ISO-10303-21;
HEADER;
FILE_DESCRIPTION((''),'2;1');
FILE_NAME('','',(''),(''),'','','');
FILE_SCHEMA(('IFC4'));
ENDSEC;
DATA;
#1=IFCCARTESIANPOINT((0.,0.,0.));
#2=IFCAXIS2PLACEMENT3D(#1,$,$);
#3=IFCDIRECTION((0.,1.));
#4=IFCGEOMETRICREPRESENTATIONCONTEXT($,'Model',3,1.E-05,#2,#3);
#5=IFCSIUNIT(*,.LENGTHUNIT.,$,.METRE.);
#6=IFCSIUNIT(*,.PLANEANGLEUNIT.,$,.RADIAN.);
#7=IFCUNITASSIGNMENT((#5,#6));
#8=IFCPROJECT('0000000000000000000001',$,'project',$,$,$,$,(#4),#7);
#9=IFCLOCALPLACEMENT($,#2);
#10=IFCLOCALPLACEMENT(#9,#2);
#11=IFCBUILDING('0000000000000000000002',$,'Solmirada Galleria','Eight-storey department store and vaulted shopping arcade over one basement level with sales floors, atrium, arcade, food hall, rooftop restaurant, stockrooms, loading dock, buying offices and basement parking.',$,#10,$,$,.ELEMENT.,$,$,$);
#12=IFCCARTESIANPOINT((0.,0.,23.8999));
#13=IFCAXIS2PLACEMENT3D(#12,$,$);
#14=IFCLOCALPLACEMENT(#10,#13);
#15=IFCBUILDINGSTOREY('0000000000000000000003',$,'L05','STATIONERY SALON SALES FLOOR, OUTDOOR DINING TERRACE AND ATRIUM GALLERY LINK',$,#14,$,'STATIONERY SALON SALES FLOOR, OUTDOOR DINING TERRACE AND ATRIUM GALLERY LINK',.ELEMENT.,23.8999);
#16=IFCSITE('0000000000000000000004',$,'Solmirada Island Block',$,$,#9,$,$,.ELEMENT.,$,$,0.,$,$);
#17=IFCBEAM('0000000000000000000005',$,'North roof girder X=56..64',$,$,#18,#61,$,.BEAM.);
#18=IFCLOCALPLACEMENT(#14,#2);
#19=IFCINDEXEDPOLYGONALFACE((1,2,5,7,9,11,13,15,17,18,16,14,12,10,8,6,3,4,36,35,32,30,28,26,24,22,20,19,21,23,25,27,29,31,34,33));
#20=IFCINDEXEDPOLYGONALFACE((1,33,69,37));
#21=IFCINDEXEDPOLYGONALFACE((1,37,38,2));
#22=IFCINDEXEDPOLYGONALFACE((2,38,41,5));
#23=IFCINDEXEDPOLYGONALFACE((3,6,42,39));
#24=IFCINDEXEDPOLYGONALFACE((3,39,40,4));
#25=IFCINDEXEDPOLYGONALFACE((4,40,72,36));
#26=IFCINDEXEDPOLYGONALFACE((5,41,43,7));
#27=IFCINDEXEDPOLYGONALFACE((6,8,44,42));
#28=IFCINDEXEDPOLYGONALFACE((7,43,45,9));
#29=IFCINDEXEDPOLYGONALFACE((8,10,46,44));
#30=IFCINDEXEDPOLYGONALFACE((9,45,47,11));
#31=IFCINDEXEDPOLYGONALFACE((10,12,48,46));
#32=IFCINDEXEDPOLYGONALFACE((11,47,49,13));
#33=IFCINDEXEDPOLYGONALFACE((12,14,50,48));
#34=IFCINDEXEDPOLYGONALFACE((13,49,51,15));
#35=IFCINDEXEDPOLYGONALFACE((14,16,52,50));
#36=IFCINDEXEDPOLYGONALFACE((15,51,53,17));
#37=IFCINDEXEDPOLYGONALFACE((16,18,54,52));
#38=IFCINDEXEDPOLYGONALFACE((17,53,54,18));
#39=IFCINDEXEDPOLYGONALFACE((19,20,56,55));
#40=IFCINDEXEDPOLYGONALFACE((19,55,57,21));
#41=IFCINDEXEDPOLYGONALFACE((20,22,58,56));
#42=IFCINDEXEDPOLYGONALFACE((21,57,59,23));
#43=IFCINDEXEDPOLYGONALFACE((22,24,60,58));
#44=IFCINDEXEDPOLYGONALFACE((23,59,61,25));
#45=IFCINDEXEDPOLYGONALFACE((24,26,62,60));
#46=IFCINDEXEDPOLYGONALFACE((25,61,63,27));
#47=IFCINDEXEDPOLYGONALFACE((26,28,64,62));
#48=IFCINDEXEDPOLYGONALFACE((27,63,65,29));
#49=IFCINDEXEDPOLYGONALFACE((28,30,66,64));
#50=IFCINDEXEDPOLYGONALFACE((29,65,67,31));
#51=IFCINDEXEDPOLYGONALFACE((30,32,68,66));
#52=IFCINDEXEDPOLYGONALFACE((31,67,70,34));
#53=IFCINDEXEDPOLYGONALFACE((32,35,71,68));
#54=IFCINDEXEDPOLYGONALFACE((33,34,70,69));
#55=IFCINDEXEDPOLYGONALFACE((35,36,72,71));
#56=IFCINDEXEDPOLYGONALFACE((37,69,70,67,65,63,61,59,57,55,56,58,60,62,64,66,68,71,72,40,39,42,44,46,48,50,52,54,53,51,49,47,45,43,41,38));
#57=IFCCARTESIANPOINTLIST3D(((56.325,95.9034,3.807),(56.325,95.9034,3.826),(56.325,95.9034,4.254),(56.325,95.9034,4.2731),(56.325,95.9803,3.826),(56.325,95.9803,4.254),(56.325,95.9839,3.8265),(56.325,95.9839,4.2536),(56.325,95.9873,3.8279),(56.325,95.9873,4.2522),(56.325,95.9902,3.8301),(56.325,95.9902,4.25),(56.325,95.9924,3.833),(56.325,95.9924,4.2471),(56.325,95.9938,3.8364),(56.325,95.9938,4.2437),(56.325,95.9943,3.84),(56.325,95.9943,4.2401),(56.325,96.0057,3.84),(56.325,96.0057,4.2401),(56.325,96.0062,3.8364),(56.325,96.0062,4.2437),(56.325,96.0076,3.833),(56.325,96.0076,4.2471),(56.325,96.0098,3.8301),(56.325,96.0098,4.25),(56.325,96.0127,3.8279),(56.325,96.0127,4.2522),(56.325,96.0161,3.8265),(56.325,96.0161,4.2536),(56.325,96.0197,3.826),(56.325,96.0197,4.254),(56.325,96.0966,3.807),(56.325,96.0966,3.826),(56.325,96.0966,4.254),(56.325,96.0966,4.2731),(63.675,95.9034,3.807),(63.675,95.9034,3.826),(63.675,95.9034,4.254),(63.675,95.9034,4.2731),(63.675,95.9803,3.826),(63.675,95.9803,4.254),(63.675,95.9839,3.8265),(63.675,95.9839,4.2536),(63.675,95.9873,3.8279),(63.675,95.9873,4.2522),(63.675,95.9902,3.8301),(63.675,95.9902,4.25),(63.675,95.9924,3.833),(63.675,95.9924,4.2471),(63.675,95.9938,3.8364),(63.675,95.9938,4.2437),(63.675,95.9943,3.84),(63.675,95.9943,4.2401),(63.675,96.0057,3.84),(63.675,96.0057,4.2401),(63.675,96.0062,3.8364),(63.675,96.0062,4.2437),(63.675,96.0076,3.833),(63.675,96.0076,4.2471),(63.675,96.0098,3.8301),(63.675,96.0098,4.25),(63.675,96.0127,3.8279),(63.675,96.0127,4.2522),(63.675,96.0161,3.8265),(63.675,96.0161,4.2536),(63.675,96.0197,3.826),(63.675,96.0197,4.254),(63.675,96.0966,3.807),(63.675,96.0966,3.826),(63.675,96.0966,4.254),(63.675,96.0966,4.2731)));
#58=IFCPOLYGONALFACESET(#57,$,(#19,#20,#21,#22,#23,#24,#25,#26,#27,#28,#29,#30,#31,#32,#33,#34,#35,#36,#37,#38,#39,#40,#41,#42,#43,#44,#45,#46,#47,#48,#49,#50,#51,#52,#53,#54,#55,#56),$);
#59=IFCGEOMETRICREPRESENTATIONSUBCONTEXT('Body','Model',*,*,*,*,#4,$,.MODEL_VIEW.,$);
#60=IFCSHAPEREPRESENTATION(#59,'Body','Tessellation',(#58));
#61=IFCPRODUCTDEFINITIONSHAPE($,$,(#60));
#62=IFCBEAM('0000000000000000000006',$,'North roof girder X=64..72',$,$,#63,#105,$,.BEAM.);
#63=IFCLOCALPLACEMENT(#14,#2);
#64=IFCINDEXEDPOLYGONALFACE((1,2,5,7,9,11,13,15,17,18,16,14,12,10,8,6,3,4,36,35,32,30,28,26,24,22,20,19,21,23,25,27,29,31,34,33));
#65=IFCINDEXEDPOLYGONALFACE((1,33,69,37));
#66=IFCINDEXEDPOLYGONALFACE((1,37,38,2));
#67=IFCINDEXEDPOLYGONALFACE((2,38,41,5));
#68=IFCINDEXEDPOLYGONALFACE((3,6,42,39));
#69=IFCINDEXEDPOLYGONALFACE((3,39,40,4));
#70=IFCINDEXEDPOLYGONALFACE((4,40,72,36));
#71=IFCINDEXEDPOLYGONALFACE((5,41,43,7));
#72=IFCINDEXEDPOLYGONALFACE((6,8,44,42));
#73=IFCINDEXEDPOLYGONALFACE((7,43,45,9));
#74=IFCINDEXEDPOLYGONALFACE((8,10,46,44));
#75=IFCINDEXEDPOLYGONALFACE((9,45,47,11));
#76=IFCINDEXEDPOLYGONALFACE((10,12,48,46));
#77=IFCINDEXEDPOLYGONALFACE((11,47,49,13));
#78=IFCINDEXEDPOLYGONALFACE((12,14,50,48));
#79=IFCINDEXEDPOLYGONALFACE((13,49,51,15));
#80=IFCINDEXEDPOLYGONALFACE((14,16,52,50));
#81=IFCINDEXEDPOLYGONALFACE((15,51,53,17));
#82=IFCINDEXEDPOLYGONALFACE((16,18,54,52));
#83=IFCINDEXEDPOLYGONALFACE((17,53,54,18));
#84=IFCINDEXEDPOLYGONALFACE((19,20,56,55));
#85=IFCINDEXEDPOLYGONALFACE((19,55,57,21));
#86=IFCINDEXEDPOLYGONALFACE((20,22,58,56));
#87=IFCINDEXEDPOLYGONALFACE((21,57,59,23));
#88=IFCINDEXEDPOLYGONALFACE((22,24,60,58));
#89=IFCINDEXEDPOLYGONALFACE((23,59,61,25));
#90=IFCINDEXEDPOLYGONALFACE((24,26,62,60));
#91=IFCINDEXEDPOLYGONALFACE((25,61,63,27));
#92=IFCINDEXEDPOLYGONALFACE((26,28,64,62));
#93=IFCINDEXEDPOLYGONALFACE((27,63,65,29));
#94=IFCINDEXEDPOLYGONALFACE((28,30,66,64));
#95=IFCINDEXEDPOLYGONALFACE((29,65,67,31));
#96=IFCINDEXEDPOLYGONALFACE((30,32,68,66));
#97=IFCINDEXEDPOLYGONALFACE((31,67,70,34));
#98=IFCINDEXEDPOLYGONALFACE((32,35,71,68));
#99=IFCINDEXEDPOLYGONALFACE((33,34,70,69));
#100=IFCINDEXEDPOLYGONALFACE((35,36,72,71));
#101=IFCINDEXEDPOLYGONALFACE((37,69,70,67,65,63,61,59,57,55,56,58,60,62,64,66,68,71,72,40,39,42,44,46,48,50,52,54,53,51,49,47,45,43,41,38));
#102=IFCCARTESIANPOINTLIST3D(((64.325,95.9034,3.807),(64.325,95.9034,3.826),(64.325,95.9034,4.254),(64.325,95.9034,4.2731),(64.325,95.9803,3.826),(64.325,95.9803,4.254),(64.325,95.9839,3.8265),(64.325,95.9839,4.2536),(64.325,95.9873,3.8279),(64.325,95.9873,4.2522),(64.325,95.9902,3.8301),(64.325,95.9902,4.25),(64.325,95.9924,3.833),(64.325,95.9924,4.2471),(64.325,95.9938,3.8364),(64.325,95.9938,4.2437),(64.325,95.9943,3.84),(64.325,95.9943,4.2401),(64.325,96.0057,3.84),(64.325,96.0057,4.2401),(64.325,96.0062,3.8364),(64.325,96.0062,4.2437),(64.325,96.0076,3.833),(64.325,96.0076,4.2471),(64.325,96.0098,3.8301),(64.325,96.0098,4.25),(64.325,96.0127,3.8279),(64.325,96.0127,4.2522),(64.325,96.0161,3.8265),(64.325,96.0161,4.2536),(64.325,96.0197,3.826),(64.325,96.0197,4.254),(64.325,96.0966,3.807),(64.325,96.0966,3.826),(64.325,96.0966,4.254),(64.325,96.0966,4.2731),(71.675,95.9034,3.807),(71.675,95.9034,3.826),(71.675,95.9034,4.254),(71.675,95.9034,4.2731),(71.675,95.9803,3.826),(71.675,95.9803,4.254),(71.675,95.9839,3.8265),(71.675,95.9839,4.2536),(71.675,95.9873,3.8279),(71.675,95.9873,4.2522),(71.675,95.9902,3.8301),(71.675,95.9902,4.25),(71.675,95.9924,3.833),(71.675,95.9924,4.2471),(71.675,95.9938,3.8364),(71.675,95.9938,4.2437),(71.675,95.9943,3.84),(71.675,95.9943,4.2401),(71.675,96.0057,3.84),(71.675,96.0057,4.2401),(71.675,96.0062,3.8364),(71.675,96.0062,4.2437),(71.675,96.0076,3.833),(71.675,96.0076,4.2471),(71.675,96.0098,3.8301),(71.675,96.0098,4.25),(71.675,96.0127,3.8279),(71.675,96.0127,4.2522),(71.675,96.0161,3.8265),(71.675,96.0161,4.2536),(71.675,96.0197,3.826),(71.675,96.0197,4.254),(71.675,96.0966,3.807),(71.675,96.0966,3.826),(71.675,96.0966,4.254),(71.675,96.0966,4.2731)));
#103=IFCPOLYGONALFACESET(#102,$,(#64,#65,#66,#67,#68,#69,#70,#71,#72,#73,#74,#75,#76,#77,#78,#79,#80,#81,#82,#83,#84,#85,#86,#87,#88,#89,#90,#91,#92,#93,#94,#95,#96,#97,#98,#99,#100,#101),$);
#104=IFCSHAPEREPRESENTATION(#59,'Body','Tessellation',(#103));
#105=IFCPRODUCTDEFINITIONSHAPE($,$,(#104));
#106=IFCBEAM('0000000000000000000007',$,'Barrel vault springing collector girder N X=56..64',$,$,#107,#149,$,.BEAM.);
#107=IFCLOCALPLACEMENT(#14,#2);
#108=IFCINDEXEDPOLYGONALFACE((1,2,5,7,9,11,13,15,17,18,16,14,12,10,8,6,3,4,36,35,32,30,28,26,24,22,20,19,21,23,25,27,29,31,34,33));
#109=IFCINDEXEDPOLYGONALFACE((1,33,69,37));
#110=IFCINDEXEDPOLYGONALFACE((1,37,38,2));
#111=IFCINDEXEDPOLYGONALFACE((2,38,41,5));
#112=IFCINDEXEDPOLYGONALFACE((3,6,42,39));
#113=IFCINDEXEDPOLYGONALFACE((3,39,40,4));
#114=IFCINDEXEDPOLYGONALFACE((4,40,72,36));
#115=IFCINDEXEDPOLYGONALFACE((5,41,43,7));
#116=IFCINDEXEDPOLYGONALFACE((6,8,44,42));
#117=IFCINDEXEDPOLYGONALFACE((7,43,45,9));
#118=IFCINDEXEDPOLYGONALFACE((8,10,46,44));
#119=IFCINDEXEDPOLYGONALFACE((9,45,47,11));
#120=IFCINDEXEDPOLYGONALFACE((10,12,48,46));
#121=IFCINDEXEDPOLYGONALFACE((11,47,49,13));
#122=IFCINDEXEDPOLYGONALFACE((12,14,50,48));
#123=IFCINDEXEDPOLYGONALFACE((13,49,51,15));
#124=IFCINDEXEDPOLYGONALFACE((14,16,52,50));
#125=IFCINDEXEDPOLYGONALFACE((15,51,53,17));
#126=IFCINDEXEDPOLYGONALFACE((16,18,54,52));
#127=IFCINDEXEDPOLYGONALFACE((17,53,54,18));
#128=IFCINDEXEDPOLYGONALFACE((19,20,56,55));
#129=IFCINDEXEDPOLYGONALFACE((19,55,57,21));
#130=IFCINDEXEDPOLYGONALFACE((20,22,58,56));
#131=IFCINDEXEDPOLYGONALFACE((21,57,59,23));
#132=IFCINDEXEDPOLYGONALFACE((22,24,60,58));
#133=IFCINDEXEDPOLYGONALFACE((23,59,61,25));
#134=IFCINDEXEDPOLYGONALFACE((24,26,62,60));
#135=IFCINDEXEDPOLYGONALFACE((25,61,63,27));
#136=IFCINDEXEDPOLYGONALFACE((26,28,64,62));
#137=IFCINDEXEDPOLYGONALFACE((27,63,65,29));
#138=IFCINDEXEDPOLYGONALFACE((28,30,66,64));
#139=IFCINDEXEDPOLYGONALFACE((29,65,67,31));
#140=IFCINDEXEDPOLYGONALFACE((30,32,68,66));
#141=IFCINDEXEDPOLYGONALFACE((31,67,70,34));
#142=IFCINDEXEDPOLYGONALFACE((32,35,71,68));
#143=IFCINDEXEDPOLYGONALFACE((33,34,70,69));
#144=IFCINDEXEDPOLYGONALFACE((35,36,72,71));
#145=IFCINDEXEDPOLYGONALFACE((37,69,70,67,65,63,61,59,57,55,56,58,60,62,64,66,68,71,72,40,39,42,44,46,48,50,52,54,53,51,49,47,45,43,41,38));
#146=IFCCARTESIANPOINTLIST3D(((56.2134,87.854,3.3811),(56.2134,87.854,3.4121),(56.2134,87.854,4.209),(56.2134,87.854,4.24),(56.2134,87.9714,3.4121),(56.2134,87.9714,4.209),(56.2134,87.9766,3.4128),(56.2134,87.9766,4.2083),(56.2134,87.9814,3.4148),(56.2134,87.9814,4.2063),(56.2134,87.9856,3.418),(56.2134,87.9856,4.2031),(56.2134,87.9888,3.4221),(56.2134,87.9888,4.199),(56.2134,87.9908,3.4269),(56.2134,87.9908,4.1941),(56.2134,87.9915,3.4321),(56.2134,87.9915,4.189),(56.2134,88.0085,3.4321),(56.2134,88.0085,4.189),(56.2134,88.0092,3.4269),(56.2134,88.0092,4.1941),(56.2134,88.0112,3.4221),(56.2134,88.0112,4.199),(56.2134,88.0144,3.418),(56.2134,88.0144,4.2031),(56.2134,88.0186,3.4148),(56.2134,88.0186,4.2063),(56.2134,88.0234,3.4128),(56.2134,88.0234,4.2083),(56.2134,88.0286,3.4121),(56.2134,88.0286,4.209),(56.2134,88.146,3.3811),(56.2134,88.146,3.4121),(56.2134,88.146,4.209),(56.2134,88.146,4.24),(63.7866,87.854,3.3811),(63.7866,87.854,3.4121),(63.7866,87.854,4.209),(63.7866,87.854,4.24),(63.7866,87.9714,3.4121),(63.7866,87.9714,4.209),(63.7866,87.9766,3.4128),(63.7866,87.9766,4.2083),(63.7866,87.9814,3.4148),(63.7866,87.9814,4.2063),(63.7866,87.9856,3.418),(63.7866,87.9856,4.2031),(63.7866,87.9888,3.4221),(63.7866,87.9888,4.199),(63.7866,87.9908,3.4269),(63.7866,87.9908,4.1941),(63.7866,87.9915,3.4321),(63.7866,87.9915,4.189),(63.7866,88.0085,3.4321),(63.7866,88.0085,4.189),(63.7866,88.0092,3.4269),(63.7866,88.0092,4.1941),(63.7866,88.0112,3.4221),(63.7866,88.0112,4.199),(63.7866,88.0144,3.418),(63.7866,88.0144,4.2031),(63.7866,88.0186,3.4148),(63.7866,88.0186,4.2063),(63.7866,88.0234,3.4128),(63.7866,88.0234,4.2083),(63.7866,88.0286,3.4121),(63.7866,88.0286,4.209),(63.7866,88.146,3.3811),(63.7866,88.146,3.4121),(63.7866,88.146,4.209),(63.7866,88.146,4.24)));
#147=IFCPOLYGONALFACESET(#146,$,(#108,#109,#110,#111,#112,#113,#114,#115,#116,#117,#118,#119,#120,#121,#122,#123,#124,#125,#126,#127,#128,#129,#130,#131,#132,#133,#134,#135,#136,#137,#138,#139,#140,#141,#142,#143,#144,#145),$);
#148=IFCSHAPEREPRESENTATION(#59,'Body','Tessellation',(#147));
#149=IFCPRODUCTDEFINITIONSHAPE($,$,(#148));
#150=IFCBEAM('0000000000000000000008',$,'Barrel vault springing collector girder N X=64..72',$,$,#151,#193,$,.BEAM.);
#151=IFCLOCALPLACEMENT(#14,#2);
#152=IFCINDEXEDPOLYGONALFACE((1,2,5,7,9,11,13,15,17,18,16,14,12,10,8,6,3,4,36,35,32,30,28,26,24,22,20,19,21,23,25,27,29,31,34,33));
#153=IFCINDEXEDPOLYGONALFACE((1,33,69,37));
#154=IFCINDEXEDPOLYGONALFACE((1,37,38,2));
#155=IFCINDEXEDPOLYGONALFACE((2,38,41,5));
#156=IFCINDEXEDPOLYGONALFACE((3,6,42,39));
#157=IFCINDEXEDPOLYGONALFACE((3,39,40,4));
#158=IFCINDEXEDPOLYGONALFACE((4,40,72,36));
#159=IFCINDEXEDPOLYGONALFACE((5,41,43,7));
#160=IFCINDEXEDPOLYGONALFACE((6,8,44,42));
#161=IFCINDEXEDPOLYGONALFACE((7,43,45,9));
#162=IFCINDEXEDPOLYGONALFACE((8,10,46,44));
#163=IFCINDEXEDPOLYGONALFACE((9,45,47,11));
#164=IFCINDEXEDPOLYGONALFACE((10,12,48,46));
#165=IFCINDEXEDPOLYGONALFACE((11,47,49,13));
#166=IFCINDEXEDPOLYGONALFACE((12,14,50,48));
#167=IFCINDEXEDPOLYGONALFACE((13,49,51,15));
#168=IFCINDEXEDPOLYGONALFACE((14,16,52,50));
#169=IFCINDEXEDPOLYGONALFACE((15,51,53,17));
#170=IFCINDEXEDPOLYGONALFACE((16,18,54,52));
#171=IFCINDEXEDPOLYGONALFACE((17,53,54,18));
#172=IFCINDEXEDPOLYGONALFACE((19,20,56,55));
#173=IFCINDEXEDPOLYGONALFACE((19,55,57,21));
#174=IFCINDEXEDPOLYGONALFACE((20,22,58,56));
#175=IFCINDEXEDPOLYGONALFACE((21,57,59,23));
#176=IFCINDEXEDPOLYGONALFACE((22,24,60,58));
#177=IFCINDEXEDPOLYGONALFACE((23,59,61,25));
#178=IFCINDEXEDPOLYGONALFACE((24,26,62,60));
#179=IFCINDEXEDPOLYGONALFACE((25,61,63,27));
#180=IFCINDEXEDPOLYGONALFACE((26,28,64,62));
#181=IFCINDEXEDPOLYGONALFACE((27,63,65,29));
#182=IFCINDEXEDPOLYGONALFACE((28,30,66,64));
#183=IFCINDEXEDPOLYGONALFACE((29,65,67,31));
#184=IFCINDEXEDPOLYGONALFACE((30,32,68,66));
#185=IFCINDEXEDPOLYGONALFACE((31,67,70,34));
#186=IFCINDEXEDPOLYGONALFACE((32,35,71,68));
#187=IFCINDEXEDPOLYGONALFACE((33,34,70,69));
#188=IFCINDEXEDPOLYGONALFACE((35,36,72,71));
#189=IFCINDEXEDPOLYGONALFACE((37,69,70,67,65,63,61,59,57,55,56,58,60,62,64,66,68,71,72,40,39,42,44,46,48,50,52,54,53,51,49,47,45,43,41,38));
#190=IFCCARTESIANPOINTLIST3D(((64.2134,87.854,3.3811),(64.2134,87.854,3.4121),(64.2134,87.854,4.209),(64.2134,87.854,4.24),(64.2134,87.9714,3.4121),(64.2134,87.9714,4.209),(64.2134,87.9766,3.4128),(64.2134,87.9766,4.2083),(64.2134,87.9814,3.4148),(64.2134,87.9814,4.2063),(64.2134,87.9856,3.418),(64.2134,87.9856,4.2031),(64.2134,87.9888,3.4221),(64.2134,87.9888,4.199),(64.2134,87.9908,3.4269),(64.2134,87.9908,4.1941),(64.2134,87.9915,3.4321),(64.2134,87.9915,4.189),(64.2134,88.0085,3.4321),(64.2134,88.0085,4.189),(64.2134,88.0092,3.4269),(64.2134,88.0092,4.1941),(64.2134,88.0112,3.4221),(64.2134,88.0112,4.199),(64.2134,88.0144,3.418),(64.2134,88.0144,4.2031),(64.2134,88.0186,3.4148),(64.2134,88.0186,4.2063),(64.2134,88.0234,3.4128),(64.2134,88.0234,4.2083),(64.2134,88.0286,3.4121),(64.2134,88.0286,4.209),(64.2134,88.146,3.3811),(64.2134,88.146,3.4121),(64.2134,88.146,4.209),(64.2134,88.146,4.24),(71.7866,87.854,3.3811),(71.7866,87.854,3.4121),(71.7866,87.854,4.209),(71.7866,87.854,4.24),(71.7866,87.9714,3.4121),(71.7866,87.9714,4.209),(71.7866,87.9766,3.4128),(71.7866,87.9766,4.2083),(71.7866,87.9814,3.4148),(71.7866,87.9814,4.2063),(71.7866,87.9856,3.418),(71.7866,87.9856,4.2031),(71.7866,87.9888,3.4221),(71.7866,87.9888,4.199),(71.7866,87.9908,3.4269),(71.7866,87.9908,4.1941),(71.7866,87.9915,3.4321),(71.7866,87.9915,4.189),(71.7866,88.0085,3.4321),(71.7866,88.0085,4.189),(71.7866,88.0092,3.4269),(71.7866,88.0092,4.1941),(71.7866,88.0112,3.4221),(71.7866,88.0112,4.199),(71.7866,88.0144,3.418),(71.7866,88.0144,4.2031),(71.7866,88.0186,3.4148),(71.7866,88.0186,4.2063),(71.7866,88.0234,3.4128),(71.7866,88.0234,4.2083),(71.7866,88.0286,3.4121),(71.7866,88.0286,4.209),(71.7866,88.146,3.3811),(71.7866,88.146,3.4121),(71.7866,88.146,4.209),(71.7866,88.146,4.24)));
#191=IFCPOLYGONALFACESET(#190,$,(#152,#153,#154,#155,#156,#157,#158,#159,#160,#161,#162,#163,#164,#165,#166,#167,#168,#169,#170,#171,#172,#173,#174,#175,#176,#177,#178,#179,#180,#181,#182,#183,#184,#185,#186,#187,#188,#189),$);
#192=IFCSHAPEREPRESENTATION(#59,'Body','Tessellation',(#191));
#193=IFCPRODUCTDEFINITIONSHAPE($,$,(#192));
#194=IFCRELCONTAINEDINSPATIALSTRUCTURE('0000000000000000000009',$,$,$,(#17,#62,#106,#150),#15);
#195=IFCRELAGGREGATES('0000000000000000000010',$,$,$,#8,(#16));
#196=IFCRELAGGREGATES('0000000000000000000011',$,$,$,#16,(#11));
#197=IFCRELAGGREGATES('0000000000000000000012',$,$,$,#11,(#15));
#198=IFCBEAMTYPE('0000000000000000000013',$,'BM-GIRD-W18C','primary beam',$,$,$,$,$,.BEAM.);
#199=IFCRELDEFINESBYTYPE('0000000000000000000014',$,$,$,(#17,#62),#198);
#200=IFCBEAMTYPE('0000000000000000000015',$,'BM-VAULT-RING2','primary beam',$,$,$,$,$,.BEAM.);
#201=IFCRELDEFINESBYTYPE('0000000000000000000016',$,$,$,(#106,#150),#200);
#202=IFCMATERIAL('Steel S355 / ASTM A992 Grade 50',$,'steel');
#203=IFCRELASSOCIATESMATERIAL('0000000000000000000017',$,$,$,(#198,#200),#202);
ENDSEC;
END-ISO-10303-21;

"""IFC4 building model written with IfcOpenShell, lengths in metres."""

from ifc_helpers import new_model, si_unit, direction, frame, origin, origin_2d, place, context, subcontext, project, spatial, i_section, extrude, material, material_profile, profile_set, type_object, element, save


model = new_model("IFC4")

# Units and contexts
model_context = context("Model", 3, precision=1e-05, world=origin(), true_north=direction((0.0, 1.0)))
body_context = subcontext(model_context, "Body", "Model", "MODEL_VIEW")
ifc_project = project(units=[si_unit("LENGTHUNIT", "METRE"), si_unit("PLANEANGLEUNIT", "RADIAN")], contexts=[model_context])

# Site, building, storey
site_placement = place(None, origin())
site = spatial("IfcSite", under=ifc_project, at=site_placement, Name="Solmirada Island Block", CompositionType="ELEMENT", RefElevation=0.0)
building_placement = place(site_placement, origin())
building = spatial("IfcBuilding", under=site, at=building_placement, Name="Solmirada Galleria", Description="Eight-storey department store and vaulted shopping arcade over one basement level with sales floors, atrium, arcade, food hall, rooftop restaurant, stockrooms, loading dock, buying offices and basement parking.", CompositionType="ELEMENT")
storey_placement = place(building_placement, frame((0.0, 0.0, 23.8999)))
storey = spatial("IfcBuildingStorey", under=building, at=storey_placement, Name="L05", Description="STATIONERY SALON SALES FLOOR, OUTDOOR DINING TERRACE AND ATRIUM GALLERY LINK", LongName="STATIONERY SALON SALES FLOOR, OUTDOOR DINING TERRACE AND ATRIUM GALLERY LINK", CompositionType="ELEMENT", Elevation=23.8999)

# Beams
ifc_material_1 = material(Name="Steel S355 / ASTM A992 Grade 50", Category="steel")
ifc_material_profile_1 = material_profile(ifc_material_1, i_section(OverallWidth=0.1931, OverallDepth=0.4661, WebThickness=0.0115, FlangeThickness=0.019, FilletRadius=0.0139, at=origin_2d()), Name="W18X65")
ifc_profile_set_1 = profile_set([ifc_material_profile_1], Name="Steel S355 / ASTM A992 Grade 50")
beam_type_1 = type_object("IfcBeamType", Name="BM-GIRD-W18C", Description="primary beam", PredefinedType="BEAM", material=ifc_profile_set_1)
for number, where, z_axis, x_axis, name in (
    (1, (56.325, 96.0, 4.04), (1.0, 0.0, 0.0), (0.0, 1.0, 0.0), "North roof girder X=56..64"),
    (2, (64.325, 96.0, 4.04), (1.0, 0.0, 0.0), (0.0, 1.0, 0.0), "North roof girder X=64..72"),
):
    element("IfcBeam", number, at=place(storey_placement, frame(where, z_axis=z_axis, x_axis=x_axis)), inside=storey, type_object=beam_type_1, Name=name, PredefinedType="BEAM", context=body_context, shape_type="SweptSolid", body=[
        extrude(i_section(OverallWidth=0.1931, OverallDepth=0.4661, WebThickness=0.0115, FlangeThickness=0.019, FilletRadius=0.0139, at=origin_2d()), origin(), (0.0, 0.0, 1.0), 7.3501),
    ])
ifc_material_profile_2 = material_profile(ifc_material_1, i_section(OverallWidth=0.292, OverallDepth=0.8589, WebThickness=0.0171, FlangeThickness=0.031, FilletRadius=0.02, at=origin_2d()), Name="W33X169")
ifc_profile_set_2 = profile_set([ifc_material_profile_2], Name="Steel S355 / ASTM A992 Grade 50")
beam_type_2 = type_object("IfcBeamType", Name="BM-VAULT-RING2", Description="primary beam", PredefinedType="BEAM", material=ifc_profile_set_2)
for number, where, z_axis, x_axis, name in (
    (3, (56.2134, 88.0, 3.8105), (1.0, 0.0, 0.0), (0.0, 1.0, 0.0), "Barrel vault springing collector girder N X=56..64"),
    (4, (64.2134, 88.0, 3.8105), (1.0, 0.0, 0.0), (0.0, 1.0, 0.0), "Barrel vault springing collector girder N X=64..72"),
):
    element("IfcBeam", number, at=place(storey_placement, frame(where, z_axis=z_axis, x_axis=x_axis)), inside=storey, type_object=beam_type_2, Name=name, PredefinedType="BEAM", context=body_context, shape_type="SweptSolid", body=[
        extrude(i_section(OverallWidth=0.292, OverallDepth=0.8589, WebThickness=0.0171, FlangeThickness=0.031, FilletRadius=0.02, at=origin_2d()), origin(), (0.0, 0.0, 1.0), 7.5732),
    ])

save(model, "model.ifc")
